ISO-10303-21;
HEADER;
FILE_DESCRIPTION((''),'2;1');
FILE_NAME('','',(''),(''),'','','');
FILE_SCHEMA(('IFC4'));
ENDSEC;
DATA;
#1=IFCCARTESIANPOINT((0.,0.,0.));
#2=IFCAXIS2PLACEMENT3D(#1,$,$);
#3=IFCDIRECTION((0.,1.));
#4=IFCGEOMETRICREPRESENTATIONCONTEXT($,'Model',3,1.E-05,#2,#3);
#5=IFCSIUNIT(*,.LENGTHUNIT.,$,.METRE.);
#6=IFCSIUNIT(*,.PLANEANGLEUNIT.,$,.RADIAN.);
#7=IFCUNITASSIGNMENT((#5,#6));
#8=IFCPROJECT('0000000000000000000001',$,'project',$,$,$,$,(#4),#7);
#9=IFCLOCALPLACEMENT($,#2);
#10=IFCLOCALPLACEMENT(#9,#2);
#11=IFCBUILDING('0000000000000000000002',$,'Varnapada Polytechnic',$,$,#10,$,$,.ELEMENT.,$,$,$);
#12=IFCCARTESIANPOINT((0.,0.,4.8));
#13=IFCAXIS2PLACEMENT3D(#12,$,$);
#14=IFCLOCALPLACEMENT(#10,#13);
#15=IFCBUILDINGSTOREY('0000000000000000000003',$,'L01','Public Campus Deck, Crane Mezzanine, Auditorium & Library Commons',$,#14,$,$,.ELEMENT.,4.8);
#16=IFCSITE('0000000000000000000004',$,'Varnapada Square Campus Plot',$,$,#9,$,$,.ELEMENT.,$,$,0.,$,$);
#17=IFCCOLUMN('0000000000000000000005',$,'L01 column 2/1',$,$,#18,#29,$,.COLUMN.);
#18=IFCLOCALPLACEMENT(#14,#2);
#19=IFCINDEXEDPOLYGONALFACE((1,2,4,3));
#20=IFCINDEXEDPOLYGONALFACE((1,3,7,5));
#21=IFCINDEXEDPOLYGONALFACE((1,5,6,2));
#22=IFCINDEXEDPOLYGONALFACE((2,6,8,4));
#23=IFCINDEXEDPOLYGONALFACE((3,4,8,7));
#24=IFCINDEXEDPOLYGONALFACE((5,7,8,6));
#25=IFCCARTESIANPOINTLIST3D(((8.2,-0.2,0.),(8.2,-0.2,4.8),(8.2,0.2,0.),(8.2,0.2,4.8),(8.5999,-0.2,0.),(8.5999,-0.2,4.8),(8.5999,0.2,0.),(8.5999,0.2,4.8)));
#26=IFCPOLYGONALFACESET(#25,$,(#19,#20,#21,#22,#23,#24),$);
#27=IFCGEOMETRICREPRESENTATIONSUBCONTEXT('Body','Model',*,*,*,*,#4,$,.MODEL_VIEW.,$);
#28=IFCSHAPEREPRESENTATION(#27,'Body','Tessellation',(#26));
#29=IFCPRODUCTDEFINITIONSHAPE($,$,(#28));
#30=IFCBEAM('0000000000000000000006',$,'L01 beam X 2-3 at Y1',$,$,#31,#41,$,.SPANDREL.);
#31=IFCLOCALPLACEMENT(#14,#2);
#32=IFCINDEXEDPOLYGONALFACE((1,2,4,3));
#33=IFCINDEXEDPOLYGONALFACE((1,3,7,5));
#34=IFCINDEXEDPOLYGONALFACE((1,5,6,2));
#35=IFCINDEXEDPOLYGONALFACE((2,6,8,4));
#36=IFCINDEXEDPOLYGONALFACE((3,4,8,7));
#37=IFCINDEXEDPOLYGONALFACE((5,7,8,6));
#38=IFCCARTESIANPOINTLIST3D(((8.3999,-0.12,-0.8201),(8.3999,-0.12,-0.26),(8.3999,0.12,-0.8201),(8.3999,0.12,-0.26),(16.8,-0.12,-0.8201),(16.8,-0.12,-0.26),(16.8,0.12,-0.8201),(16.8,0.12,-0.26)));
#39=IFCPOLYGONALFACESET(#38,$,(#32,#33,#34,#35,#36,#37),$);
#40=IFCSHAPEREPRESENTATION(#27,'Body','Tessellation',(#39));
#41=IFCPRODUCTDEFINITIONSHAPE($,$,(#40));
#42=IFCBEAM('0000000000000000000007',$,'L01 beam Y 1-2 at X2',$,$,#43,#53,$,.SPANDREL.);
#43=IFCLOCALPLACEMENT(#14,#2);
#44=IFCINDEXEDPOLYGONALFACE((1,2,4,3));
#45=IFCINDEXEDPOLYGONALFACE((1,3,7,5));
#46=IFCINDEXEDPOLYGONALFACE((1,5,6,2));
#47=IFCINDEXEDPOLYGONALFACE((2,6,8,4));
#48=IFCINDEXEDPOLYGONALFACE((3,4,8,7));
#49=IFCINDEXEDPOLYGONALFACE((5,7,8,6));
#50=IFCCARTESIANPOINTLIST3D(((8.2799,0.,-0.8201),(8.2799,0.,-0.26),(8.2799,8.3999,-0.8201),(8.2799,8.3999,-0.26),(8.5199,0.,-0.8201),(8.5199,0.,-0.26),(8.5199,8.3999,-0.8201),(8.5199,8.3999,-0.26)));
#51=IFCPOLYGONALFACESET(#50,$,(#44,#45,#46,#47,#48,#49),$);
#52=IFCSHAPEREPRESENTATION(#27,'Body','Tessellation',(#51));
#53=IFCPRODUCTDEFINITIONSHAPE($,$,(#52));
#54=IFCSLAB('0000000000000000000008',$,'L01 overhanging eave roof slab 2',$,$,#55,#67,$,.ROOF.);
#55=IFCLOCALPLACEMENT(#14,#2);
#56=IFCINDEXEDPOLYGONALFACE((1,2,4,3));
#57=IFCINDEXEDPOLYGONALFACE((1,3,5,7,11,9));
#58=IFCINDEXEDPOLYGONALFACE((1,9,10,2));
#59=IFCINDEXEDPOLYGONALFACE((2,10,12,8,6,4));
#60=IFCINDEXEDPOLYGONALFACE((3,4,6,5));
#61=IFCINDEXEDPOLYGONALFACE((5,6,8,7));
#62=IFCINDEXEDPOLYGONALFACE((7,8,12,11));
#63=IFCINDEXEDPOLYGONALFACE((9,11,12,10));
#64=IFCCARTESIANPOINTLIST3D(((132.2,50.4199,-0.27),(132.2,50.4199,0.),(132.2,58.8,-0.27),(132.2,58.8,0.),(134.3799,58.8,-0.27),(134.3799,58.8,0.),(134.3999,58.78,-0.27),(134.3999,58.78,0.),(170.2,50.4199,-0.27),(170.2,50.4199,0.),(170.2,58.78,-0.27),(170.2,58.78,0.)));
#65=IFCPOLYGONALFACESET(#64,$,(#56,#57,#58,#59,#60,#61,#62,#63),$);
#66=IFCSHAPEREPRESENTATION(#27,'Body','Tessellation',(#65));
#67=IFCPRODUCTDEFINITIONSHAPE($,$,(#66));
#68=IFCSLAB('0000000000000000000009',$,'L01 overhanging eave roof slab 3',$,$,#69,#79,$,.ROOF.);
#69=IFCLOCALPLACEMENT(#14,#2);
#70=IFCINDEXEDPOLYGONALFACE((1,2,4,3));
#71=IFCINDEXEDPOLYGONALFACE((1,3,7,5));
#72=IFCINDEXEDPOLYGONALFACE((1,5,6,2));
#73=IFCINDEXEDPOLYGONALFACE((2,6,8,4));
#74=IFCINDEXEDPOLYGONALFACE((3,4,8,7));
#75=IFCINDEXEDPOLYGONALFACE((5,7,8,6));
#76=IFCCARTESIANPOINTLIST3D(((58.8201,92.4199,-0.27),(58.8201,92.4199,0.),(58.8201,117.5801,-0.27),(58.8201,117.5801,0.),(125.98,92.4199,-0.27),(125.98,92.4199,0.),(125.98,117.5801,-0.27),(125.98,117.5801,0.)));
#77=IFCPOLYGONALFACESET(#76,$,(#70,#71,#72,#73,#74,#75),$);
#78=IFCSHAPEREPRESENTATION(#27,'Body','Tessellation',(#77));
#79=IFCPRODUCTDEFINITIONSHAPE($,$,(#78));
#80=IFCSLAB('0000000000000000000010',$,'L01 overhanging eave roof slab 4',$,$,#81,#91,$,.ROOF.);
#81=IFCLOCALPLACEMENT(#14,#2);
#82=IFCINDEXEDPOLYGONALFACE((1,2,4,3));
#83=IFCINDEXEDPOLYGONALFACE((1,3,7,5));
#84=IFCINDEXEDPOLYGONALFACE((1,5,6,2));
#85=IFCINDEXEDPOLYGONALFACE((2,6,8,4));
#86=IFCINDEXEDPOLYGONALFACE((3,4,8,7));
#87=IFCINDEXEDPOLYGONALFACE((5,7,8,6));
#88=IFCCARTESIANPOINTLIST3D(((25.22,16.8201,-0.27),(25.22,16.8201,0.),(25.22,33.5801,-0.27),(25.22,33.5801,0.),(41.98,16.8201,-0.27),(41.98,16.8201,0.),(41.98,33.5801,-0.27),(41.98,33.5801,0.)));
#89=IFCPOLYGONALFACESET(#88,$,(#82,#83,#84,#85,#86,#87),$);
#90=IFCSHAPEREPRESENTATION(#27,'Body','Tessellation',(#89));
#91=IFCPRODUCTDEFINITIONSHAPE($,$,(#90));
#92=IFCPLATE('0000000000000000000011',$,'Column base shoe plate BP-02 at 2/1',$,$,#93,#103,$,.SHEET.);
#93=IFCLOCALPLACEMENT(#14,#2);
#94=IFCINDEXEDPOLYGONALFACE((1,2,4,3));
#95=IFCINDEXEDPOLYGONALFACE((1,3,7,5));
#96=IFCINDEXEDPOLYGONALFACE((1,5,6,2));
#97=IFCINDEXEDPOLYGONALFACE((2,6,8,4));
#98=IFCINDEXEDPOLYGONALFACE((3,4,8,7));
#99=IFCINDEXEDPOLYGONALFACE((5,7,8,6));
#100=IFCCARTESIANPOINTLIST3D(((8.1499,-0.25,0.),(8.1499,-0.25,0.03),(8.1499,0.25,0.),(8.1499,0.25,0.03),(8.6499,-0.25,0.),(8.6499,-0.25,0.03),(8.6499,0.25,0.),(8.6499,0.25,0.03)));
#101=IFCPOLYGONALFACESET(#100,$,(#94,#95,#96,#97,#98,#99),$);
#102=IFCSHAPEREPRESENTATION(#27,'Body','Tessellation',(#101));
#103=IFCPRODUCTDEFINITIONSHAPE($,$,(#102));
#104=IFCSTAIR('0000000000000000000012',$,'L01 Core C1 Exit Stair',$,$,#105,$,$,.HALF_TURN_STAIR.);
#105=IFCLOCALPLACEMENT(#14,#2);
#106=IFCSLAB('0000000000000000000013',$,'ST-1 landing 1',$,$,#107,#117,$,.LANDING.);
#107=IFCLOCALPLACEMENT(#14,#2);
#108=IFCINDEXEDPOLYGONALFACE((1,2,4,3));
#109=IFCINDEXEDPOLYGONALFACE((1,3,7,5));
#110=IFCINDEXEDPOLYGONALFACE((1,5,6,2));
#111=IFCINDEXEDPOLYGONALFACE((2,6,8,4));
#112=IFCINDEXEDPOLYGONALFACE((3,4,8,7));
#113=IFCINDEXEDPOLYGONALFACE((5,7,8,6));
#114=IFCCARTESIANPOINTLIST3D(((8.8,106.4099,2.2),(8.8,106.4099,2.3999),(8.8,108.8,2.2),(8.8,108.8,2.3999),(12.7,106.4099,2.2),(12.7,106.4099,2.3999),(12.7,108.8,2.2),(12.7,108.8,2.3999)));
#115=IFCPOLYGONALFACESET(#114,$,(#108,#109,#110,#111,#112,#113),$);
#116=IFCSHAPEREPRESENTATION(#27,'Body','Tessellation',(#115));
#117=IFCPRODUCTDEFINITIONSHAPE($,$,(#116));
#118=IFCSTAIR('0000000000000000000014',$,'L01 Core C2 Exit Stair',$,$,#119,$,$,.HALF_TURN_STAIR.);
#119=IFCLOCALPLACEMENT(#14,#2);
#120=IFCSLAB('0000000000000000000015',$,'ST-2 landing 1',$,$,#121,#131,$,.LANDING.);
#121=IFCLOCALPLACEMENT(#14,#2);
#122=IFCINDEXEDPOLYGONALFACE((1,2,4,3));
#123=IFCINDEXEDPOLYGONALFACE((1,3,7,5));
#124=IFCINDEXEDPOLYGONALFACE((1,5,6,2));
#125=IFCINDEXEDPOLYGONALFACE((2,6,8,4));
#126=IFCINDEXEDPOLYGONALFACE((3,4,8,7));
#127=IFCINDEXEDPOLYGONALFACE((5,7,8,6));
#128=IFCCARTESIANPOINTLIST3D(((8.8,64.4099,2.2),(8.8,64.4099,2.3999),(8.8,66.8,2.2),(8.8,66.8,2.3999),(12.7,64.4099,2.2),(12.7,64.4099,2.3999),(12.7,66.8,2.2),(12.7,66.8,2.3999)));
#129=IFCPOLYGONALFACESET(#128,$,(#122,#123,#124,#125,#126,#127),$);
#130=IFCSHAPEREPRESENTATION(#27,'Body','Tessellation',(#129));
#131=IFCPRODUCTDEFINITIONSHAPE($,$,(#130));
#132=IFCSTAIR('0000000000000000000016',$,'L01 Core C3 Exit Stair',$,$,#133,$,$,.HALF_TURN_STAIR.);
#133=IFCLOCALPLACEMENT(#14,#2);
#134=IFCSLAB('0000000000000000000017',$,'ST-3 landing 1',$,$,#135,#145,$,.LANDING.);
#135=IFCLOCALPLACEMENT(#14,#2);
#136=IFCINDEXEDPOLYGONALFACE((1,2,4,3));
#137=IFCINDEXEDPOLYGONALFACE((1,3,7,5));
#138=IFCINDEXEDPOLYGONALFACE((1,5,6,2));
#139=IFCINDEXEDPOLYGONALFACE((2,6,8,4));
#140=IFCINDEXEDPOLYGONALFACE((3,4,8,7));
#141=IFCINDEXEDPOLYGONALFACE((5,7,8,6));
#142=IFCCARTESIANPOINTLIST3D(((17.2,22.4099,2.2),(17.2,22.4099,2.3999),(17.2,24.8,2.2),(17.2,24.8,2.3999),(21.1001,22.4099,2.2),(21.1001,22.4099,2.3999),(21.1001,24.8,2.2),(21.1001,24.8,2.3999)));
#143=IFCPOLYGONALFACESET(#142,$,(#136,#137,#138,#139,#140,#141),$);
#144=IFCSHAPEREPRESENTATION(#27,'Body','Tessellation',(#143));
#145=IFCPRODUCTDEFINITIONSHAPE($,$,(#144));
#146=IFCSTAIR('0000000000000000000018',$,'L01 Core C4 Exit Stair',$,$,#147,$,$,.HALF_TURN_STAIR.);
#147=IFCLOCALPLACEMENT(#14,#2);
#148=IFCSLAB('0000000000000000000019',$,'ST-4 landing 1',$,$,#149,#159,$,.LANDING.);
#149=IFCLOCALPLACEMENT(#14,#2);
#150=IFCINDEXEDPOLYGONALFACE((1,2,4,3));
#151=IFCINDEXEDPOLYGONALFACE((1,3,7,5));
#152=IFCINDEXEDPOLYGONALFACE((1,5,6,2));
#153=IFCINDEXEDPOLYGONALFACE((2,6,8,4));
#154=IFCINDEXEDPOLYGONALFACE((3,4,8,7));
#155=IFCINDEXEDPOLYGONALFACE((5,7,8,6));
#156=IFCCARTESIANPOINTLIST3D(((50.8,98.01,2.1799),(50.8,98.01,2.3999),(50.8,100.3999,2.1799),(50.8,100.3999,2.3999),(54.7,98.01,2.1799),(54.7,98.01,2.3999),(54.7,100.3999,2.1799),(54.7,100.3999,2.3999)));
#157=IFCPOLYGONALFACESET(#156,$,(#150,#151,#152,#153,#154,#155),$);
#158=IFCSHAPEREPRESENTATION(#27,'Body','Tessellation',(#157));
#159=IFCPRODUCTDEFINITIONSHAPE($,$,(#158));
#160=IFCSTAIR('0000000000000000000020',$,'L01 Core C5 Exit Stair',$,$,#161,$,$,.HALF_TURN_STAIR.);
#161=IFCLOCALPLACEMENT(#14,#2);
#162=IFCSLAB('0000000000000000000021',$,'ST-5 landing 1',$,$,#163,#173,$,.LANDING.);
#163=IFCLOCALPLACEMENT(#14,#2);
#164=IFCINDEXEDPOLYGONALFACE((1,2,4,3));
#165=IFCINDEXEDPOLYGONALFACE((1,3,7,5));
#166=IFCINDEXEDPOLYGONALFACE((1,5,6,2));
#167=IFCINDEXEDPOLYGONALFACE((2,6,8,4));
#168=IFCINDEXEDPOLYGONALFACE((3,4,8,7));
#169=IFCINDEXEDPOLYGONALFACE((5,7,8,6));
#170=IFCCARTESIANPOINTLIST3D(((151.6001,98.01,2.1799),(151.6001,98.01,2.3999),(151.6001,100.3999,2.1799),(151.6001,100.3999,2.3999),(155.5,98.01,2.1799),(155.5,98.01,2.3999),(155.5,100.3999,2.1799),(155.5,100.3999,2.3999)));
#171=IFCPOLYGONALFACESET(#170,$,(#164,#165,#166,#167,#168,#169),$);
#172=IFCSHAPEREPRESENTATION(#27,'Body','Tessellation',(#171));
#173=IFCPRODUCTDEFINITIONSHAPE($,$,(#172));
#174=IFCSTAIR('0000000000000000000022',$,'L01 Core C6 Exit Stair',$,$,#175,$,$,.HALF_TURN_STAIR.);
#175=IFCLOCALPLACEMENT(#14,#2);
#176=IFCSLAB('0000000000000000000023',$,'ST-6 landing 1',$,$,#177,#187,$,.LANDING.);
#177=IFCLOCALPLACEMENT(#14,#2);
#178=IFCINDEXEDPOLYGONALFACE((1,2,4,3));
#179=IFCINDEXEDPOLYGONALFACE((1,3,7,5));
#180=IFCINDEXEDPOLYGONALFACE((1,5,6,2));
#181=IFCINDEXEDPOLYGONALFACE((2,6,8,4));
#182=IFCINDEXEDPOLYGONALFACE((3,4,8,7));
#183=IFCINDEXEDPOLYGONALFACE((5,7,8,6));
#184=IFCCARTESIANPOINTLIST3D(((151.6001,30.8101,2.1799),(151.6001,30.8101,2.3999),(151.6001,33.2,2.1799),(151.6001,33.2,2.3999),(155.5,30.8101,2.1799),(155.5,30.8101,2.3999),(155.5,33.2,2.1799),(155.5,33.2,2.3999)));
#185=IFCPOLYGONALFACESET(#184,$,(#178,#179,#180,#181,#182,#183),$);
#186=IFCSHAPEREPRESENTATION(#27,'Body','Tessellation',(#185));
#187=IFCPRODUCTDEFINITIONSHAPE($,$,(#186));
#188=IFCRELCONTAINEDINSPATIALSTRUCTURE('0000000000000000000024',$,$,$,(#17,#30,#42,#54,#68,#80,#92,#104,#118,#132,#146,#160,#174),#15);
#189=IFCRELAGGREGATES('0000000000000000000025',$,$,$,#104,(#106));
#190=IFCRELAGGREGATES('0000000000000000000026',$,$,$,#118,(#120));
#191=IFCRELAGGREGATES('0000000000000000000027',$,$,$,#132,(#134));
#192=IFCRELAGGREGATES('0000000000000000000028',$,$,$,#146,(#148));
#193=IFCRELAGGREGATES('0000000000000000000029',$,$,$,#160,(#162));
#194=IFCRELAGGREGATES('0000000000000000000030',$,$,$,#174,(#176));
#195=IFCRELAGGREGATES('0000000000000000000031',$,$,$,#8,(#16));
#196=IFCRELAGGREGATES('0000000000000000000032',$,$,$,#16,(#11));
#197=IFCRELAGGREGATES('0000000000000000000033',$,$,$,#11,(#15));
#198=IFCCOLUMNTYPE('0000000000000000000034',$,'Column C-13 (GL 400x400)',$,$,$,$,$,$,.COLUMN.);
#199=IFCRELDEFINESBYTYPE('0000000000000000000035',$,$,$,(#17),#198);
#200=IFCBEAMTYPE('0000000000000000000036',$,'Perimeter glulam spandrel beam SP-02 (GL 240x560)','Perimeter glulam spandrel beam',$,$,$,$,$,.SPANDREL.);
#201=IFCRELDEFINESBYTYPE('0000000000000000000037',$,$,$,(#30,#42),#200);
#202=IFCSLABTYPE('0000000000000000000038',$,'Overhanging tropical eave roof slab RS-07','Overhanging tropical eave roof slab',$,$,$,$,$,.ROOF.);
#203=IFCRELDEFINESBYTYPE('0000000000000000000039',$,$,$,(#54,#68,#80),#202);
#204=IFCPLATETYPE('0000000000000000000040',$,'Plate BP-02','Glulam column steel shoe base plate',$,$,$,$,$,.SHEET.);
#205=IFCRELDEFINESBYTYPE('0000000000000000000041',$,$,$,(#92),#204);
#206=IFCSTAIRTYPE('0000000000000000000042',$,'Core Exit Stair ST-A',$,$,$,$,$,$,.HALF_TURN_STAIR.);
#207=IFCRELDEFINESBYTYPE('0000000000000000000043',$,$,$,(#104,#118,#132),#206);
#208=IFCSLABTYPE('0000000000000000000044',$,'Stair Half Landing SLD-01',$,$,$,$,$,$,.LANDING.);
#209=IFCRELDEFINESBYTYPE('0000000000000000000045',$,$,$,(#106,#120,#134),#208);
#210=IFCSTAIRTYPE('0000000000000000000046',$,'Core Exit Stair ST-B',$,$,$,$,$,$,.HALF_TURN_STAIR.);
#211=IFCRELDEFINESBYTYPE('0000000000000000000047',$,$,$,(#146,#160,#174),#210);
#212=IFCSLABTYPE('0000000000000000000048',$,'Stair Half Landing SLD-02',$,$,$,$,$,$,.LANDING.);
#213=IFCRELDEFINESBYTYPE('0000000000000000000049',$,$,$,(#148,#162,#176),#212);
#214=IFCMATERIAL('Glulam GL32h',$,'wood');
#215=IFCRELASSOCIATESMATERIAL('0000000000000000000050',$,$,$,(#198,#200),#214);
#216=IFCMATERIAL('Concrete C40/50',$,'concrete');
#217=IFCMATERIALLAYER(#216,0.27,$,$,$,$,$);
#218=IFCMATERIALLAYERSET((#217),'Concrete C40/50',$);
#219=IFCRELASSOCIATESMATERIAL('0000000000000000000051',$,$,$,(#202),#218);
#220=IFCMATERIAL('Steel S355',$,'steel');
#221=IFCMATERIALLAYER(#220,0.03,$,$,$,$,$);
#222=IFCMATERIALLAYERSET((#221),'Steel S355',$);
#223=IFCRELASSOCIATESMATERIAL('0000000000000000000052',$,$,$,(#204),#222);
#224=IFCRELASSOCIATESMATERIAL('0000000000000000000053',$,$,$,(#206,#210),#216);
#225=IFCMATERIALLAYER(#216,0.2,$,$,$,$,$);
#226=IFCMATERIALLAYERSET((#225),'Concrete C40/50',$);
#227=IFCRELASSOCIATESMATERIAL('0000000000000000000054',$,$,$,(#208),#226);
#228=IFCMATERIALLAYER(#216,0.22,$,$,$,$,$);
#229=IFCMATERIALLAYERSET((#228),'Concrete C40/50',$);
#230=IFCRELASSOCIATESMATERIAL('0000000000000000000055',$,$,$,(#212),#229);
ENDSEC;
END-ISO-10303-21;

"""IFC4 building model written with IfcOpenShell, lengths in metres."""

from ifc_helpers import new_model, si_unit, direction, frame, origin, origin_2d, place, context, subcontext, project, spatial, polyline, rectangle, outline, extrude, material, layer, layer_set, material_profile, profile_set, type_object, element, aggregate, save


model = new_model("IFC4")

# Units and contexts
model_context = context("Model", 3, precision=1e-05, world=origin(), true_north=direction((0.0, 1.0)))
body_context = subcontext(model_context, "Body", "Model", "MODEL_VIEW")
ifc_project = project(units=[si_unit("LENGTHUNIT", "METRE"), si_unit("PLANEANGLEUNIT", "RADIAN")], contexts=[model_context])

# Site, building, storey
site_placement = place(None, origin())
site = spatial("IfcSite", under=ifc_project, at=site_placement, Name="Varnapada Square Campus Plot", CompositionType="ELEMENT", RefElevation=0.0)
building_placement = place(site_placement, origin())
building = spatial("IfcBuilding", under=site, at=building_placement, Name="Varnapada Polytechnic", CompositionType="ELEMENT")
storey_placement = place(building_placement, frame((0.0, 0.0, 4.8)))
storey = spatial("IfcBuildingStorey", under=building, at=storey_placement, Name="L01", Description="Public Campus Deck, Crane Mezzanine, Auditorium & Library Commons", CompositionType="ELEMENT", Elevation=4.8)

# Column
ifc_material_1 = material(Name="Glulam GL32h", Category="wood")
ifc_material_profile_1 = material_profile(ifc_material_1, rectangle(XDim=0.3999, YDim=0.3999, at=origin_2d()), Name="GL 400x400")
ifc_profile_set_1 = profile_set([ifc_material_profile_1], Name="Glulam GL32h")
column_type = type_object("IfcColumnType", Name="Column C-13 (GL 400x400)", PredefinedType="COLUMN", material=ifc_profile_set_1)
column_placement = place(storey_placement, frame((8.3999, 0.0, 0.0), z_axis=(0.0, 0.0, 1.0), x_axis=(1.0, 0.0, 0.0)))
element("IfcColumn", 1, at=column_placement, inside=storey, type_object=column_type, Name="L01 column 2/1", PredefinedType="COLUMN", context=body_context, shape_type="SweptSolid", body=[
    extrude(rectangle(XDim=0.3999, YDim=0.3999, at=origin_2d()), origin(), (0.0, 0.0, 1.0), 4.8),
])

# Beams
ifc_material_profile_2 = material_profile(ifc_material_1, rectangle(XDim=0.24, YDim=0.5601, at=origin_2d()), Name="GL 240x560")
ifc_profile_set_2 = profile_set([ifc_material_profile_2], Name="Glulam GL32h")
beam_type = type_object("IfcBeamType", Name="Perimeter glulam spandrel beam SP-02 (GL 240x560)", Description="Perimeter glulam spandrel beam", PredefinedType="SPANDREL", material=ifc_profile_set_2)
beam_1_placement = place(storey_placement, frame((8.3999, 0.0, -0.54), z_axis=(1.0, 0.0, 0.0), x_axis=(0.0, 1.0, 0.0)))
element("IfcBeam", 2, at=beam_1_placement, inside=storey, type_object=beam_type, Name="L01 beam X 2-3 at Y1", PredefinedType="SPANDREL", context=body_context, shape_type="SweptSolid", body=[
    extrude(rectangle(XDim=0.24, YDim=0.5601, at=origin_2d()), origin(), (0.0, 0.0, 1.0), 8.4001),
])
beam_2_placement = place(storey_placement, frame((8.3999, 0.0, -0.54), z_axis=(0.0, 1.0, 0.0), x_axis=(-1.0, 0.0, 0.0)))
element("IfcBeam", 3, at=beam_2_placement, inside=storey, type_object=beam_type, Name="L01 beam Y 1-2 at X2", PredefinedType="SPANDREL", context=body_context, shape_type="SweptSolid", body=[
    extrude(rectangle(XDim=0.24, YDim=0.5601, at=origin_2d()), origin(), (0.0, 0.0, 1.0), 8.3999),
])

# Slabs
ifc_material_2 = material(Name="Concrete C40/50", Category="concrete")
ifc_layer_1 = layer(ifc_material_2, 0.27)
ifc_layer_set_1 = layer_set([ifc_layer_1], Name="Concrete C40/50")
slab_type_1 = type_object("IfcSlabType", Name="Overhanging tropical eave roof slab RS-07", Description="Overhanging tropical eave roof slab", PredefinedType="ROOF", material=ifc_layer_set_1)
slab_1_placement = place(storey_placement, frame((0.0, 0.0, -0.27)))
element("IfcSlab", 4, at=slab_1_placement, inside=storey, type_object=slab_type_1, Name="L01 overhanging eave roof slab 2", PredefinedType="ROOF", context=body_context, shape_type="SweptSolid", body=[
    extrude(outline(polyline([(132.2, 58.8), (134.3799, 58.8), (134.3999, 58.78), (170.2, 58.78), (170.2, 50.4199), (132.2, 50.4199), (132.2, 58.8)])), origin(), (0.0, 0.0, 1.0), 0.27),
])
slab_2_placement = place(storey_placement, frame((0.0, 0.0, -0.27)))
element("IfcSlab", 5, at=slab_2_placement, inside=storey, type_object=slab_type_1, Name="L01 overhanging eave roof slab 3", PredefinedType="ROOF", context=body_context, shape_type="SweptSolid", body=[
    extrude(outline(polyline([(58.8201, 117.5801), (125.98, 117.5801), (125.98, 92.4199), (58.8201, 92.4199), (58.8201, 117.5801)])), origin(), (0.0, 0.0, 1.0), 0.27),
])
slab_3_placement = place(storey_placement, frame((0.0, 0.0, -0.27)))
element("IfcSlab", 6, at=slab_3_placement, inside=storey, type_object=slab_type_1, Name="L01 overhanging eave roof slab 4", PredefinedType="ROOF", context=body_context, shape_type="SweptSolid", body=[
    extrude(outline(polyline([(25.22, 33.5801), (41.98, 33.5801), (41.98, 16.8201), (25.22, 16.8201), (25.22, 33.5801)])), origin(), (0.0, 0.0, 1.0), 0.27),
])

# Plate
ifc_material_3 = material(Name="Steel S355", Category="steel")
ifc_layer_2 = layer(ifc_material_3, 0.03)
ifc_layer_set_2 = layer_set([ifc_layer_2], Name="Steel S355")
plate_type = type_object("IfcPlateType", Name="Plate BP-02", Description="Glulam column steel shoe base plate", PredefinedType="SHEET", material=ifc_layer_set_2)
plate_placement = place(storey_placement, frame((8.3999, 0.0, 0.0), z_axis=(0.0, 0.0, 1.0), x_axis=(1.0, 0.0, 0.0)))
element("IfcPlate", 7, at=plate_placement, inside=storey, type_object=plate_type, Name="Column base shoe plate BP-02 at 2/1", PredefinedType="SHEET", context=body_context, shape_type="SweptSolid", body=[
    extrude(rectangle(XDim=0.5, YDim=0.5, at=origin_2d()), origin(), (0.0, 0.0, 1.0), 0.03),
])

# Stairs, slabs
stair_type_1 = type_object("IfcStairType", Name="Core Exit Stair ST-A", PredefinedType="HALF_TURN_STAIR", material=ifc_material_2)
stair_1_placement = place(storey_placement, origin())
stair_1 = element("IfcStair", 8, at=stair_1_placement, inside=storey, type_object=stair_type_1, Name="L01 Core C1 Exit Stair", PredefinedType="HALF_TURN_STAIR")
ifc_layer_3 = layer(ifc_material_2, 0.2)
ifc_layer_set_3 = layer_set([ifc_layer_3], Name="Concrete C40/50")
slab_type_2 = type_object("IfcSlabType", Name="Stair Half Landing SLD-01", PredefinedType="LANDING", material=ifc_layer_set_3)
slab_4_placement = place(storey_placement, frame((0.0, 0.0, 2.2)))
slab_4 = element("IfcSlab", 9, at=slab_4_placement, type_object=slab_type_2, Name="ST-1 landing 1", PredefinedType="LANDING", context=body_context, shape_type="SweptSolid", body=[
    extrude(outline(polyline([(12.7, 106.4099), (12.7, 108.8), (8.8, 108.8), (8.8, 106.4099), (12.7, 106.4099)])), origin(), (0.0, 0.0, 1.0), 0.2),
])
aggregate(stair_1, [slab_4])
stair_2_placement = place(storey_placement, origin())
stair_2 = element("IfcStair", 10, at=stair_2_placement, inside=storey, type_object=stair_type_1, Name="L01 Core C2 Exit Stair", PredefinedType="HALF_TURN_STAIR")
slab_5_placement = place(storey_placement, frame((0.0, 0.0, 2.2)))
slab_5 = element("IfcSlab", 11, at=slab_5_placement, type_object=slab_type_2, Name="ST-2 landing 1", PredefinedType="LANDING", context=body_context, shape_type="SweptSolid", body=[
    extrude(outline(polyline([(12.7, 64.4099), (12.7, 66.8), (8.8, 66.8), (8.8, 64.4099), (12.7, 64.4099)])), origin(), (0.0, 0.0, 1.0), 0.2),
])
aggregate(stair_2, [slab_5])
stair_3_placement = place(storey_placement, origin())
stair_3 = element("IfcStair", 12, at=stair_3_placement, inside=storey, type_object=stair_type_1, Name="L01 Core C3 Exit Stair", PredefinedType="HALF_TURN_STAIR")
slab_6_placement = place(storey_placement, frame((0.0, 0.0, 2.2)))
slab_6 = element("IfcSlab", 13, at=slab_6_placement, type_object=slab_type_2, Name="ST-3 landing 1", PredefinedType="LANDING", context=body_context, shape_type="SweptSolid", body=[
    extrude(outline(polyline([(21.1001, 22.4099), (21.1001, 24.8), (17.2, 24.8), (17.2, 22.4099), (21.1001, 22.4099)])), origin(), (0.0, 0.0, 1.0), 0.2),
])
aggregate(stair_3, [slab_6])
stair_type_2 = type_object("IfcStairType", Name="Core Exit Stair ST-B", PredefinedType="HALF_TURN_STAIR", material=ifc_material_2)
stair_4_placement = place(storey_placement, origin())
stair_4 = element("IfcStair", 14, at=stair_4_placement, inside=storey, type_object=stair_type_2, Name="L01 Core C4 Exit Stair", PredefinedType="HALF_TURN_STAIR")
ifc_layer_4 = layer(ifc_material_2, 0.22)
ifc_layer_set_4 = layer_set([ifc_layer_4], Name="Concrete C40/50")
slab_type_3 = type_object("IfcSlabType", Name="Stair Half Landing SLD-02", PredefinedType="LANDING", material=ifc_layer_set_4)
slab_7_placement = place(storey_placement, frame((0.0, 0.0, 2.1799)))
slab_7 = element("IfcSlab", 15, at=slab_7_placement, type_object=slab_type_3, Name="ST-4 landing 1", PredefinedType="LANDING", context=body_context, shape_type="SweptSolid", body=[
    extrude(outline(polyline([(54.7, 98.01), (54.7, 100.3999), (50.8, 100.3999), (50.8, 98.01), (54.7, 98.01)])), origin(), (0.0, 0.0, 1.0), 0.22),
])
aggregate(stair_4, [slab_7])
stair_5_placement = place(storey_placement, origin())
stair_5 = element("IfcStair", 16, at=stair_5_placement, inside=storey, type_object=stair_type_2, Name="L01 Core C5 Exit Stair", PredefinedType="HALF_TURN_STAIR")
slab_8_placement = place(storey_placement, frame((0.0, 0.0, 2.1799)))
slab_8 = element("IfcSlab", 17, at=slab_8_placement, type_object=slab_type_3, Name="ST-5 landing 1", PredefinedType="LANDING", context=body_context, shape_type="SweptSolid", body=[
    extrude(outline(polyline([(155.5, 98.01), (155.5, 100.3999), (151.6001, 100.3999), (151.6001, 98.01), (155.5, 98.01)])), origin(), (0.0, 0.0, 1.0), 0.22),
])
aggregate(stair_5, [slab_8])
stair_6_placement = place(storey_placement, origin())
stair_6 = element("IfcStair", 18, at=stair_6_placement, inside=storey, type_object=stair_type_2, Name="L01 Core C6 Exit Stair", PredefinedType="HALF_TURN_STAIR")
slab_9_placement = place(storey_placement, frame((0.0, 0.0, 2.1799)))
slab_9 = element("IfcSlab", 19, at=slab_9_placement, type_object=slab_type_3, Name="ST-6 landing 1", PredefinedType="LANDING", context=body_context, shape_type="SweptSolid", body=[
    extrude(outline(polyline([(155.5, 30.8101), (155.5, 33.2), (151.6001, 33.2), (151.6001, 30.8101), (155.5, 30.8101)])), origin(), (0.0, 0.0, 1.0), 0.22),
])
aggregate(stair_6, [slab_9])

save(model, "model.ifc")
